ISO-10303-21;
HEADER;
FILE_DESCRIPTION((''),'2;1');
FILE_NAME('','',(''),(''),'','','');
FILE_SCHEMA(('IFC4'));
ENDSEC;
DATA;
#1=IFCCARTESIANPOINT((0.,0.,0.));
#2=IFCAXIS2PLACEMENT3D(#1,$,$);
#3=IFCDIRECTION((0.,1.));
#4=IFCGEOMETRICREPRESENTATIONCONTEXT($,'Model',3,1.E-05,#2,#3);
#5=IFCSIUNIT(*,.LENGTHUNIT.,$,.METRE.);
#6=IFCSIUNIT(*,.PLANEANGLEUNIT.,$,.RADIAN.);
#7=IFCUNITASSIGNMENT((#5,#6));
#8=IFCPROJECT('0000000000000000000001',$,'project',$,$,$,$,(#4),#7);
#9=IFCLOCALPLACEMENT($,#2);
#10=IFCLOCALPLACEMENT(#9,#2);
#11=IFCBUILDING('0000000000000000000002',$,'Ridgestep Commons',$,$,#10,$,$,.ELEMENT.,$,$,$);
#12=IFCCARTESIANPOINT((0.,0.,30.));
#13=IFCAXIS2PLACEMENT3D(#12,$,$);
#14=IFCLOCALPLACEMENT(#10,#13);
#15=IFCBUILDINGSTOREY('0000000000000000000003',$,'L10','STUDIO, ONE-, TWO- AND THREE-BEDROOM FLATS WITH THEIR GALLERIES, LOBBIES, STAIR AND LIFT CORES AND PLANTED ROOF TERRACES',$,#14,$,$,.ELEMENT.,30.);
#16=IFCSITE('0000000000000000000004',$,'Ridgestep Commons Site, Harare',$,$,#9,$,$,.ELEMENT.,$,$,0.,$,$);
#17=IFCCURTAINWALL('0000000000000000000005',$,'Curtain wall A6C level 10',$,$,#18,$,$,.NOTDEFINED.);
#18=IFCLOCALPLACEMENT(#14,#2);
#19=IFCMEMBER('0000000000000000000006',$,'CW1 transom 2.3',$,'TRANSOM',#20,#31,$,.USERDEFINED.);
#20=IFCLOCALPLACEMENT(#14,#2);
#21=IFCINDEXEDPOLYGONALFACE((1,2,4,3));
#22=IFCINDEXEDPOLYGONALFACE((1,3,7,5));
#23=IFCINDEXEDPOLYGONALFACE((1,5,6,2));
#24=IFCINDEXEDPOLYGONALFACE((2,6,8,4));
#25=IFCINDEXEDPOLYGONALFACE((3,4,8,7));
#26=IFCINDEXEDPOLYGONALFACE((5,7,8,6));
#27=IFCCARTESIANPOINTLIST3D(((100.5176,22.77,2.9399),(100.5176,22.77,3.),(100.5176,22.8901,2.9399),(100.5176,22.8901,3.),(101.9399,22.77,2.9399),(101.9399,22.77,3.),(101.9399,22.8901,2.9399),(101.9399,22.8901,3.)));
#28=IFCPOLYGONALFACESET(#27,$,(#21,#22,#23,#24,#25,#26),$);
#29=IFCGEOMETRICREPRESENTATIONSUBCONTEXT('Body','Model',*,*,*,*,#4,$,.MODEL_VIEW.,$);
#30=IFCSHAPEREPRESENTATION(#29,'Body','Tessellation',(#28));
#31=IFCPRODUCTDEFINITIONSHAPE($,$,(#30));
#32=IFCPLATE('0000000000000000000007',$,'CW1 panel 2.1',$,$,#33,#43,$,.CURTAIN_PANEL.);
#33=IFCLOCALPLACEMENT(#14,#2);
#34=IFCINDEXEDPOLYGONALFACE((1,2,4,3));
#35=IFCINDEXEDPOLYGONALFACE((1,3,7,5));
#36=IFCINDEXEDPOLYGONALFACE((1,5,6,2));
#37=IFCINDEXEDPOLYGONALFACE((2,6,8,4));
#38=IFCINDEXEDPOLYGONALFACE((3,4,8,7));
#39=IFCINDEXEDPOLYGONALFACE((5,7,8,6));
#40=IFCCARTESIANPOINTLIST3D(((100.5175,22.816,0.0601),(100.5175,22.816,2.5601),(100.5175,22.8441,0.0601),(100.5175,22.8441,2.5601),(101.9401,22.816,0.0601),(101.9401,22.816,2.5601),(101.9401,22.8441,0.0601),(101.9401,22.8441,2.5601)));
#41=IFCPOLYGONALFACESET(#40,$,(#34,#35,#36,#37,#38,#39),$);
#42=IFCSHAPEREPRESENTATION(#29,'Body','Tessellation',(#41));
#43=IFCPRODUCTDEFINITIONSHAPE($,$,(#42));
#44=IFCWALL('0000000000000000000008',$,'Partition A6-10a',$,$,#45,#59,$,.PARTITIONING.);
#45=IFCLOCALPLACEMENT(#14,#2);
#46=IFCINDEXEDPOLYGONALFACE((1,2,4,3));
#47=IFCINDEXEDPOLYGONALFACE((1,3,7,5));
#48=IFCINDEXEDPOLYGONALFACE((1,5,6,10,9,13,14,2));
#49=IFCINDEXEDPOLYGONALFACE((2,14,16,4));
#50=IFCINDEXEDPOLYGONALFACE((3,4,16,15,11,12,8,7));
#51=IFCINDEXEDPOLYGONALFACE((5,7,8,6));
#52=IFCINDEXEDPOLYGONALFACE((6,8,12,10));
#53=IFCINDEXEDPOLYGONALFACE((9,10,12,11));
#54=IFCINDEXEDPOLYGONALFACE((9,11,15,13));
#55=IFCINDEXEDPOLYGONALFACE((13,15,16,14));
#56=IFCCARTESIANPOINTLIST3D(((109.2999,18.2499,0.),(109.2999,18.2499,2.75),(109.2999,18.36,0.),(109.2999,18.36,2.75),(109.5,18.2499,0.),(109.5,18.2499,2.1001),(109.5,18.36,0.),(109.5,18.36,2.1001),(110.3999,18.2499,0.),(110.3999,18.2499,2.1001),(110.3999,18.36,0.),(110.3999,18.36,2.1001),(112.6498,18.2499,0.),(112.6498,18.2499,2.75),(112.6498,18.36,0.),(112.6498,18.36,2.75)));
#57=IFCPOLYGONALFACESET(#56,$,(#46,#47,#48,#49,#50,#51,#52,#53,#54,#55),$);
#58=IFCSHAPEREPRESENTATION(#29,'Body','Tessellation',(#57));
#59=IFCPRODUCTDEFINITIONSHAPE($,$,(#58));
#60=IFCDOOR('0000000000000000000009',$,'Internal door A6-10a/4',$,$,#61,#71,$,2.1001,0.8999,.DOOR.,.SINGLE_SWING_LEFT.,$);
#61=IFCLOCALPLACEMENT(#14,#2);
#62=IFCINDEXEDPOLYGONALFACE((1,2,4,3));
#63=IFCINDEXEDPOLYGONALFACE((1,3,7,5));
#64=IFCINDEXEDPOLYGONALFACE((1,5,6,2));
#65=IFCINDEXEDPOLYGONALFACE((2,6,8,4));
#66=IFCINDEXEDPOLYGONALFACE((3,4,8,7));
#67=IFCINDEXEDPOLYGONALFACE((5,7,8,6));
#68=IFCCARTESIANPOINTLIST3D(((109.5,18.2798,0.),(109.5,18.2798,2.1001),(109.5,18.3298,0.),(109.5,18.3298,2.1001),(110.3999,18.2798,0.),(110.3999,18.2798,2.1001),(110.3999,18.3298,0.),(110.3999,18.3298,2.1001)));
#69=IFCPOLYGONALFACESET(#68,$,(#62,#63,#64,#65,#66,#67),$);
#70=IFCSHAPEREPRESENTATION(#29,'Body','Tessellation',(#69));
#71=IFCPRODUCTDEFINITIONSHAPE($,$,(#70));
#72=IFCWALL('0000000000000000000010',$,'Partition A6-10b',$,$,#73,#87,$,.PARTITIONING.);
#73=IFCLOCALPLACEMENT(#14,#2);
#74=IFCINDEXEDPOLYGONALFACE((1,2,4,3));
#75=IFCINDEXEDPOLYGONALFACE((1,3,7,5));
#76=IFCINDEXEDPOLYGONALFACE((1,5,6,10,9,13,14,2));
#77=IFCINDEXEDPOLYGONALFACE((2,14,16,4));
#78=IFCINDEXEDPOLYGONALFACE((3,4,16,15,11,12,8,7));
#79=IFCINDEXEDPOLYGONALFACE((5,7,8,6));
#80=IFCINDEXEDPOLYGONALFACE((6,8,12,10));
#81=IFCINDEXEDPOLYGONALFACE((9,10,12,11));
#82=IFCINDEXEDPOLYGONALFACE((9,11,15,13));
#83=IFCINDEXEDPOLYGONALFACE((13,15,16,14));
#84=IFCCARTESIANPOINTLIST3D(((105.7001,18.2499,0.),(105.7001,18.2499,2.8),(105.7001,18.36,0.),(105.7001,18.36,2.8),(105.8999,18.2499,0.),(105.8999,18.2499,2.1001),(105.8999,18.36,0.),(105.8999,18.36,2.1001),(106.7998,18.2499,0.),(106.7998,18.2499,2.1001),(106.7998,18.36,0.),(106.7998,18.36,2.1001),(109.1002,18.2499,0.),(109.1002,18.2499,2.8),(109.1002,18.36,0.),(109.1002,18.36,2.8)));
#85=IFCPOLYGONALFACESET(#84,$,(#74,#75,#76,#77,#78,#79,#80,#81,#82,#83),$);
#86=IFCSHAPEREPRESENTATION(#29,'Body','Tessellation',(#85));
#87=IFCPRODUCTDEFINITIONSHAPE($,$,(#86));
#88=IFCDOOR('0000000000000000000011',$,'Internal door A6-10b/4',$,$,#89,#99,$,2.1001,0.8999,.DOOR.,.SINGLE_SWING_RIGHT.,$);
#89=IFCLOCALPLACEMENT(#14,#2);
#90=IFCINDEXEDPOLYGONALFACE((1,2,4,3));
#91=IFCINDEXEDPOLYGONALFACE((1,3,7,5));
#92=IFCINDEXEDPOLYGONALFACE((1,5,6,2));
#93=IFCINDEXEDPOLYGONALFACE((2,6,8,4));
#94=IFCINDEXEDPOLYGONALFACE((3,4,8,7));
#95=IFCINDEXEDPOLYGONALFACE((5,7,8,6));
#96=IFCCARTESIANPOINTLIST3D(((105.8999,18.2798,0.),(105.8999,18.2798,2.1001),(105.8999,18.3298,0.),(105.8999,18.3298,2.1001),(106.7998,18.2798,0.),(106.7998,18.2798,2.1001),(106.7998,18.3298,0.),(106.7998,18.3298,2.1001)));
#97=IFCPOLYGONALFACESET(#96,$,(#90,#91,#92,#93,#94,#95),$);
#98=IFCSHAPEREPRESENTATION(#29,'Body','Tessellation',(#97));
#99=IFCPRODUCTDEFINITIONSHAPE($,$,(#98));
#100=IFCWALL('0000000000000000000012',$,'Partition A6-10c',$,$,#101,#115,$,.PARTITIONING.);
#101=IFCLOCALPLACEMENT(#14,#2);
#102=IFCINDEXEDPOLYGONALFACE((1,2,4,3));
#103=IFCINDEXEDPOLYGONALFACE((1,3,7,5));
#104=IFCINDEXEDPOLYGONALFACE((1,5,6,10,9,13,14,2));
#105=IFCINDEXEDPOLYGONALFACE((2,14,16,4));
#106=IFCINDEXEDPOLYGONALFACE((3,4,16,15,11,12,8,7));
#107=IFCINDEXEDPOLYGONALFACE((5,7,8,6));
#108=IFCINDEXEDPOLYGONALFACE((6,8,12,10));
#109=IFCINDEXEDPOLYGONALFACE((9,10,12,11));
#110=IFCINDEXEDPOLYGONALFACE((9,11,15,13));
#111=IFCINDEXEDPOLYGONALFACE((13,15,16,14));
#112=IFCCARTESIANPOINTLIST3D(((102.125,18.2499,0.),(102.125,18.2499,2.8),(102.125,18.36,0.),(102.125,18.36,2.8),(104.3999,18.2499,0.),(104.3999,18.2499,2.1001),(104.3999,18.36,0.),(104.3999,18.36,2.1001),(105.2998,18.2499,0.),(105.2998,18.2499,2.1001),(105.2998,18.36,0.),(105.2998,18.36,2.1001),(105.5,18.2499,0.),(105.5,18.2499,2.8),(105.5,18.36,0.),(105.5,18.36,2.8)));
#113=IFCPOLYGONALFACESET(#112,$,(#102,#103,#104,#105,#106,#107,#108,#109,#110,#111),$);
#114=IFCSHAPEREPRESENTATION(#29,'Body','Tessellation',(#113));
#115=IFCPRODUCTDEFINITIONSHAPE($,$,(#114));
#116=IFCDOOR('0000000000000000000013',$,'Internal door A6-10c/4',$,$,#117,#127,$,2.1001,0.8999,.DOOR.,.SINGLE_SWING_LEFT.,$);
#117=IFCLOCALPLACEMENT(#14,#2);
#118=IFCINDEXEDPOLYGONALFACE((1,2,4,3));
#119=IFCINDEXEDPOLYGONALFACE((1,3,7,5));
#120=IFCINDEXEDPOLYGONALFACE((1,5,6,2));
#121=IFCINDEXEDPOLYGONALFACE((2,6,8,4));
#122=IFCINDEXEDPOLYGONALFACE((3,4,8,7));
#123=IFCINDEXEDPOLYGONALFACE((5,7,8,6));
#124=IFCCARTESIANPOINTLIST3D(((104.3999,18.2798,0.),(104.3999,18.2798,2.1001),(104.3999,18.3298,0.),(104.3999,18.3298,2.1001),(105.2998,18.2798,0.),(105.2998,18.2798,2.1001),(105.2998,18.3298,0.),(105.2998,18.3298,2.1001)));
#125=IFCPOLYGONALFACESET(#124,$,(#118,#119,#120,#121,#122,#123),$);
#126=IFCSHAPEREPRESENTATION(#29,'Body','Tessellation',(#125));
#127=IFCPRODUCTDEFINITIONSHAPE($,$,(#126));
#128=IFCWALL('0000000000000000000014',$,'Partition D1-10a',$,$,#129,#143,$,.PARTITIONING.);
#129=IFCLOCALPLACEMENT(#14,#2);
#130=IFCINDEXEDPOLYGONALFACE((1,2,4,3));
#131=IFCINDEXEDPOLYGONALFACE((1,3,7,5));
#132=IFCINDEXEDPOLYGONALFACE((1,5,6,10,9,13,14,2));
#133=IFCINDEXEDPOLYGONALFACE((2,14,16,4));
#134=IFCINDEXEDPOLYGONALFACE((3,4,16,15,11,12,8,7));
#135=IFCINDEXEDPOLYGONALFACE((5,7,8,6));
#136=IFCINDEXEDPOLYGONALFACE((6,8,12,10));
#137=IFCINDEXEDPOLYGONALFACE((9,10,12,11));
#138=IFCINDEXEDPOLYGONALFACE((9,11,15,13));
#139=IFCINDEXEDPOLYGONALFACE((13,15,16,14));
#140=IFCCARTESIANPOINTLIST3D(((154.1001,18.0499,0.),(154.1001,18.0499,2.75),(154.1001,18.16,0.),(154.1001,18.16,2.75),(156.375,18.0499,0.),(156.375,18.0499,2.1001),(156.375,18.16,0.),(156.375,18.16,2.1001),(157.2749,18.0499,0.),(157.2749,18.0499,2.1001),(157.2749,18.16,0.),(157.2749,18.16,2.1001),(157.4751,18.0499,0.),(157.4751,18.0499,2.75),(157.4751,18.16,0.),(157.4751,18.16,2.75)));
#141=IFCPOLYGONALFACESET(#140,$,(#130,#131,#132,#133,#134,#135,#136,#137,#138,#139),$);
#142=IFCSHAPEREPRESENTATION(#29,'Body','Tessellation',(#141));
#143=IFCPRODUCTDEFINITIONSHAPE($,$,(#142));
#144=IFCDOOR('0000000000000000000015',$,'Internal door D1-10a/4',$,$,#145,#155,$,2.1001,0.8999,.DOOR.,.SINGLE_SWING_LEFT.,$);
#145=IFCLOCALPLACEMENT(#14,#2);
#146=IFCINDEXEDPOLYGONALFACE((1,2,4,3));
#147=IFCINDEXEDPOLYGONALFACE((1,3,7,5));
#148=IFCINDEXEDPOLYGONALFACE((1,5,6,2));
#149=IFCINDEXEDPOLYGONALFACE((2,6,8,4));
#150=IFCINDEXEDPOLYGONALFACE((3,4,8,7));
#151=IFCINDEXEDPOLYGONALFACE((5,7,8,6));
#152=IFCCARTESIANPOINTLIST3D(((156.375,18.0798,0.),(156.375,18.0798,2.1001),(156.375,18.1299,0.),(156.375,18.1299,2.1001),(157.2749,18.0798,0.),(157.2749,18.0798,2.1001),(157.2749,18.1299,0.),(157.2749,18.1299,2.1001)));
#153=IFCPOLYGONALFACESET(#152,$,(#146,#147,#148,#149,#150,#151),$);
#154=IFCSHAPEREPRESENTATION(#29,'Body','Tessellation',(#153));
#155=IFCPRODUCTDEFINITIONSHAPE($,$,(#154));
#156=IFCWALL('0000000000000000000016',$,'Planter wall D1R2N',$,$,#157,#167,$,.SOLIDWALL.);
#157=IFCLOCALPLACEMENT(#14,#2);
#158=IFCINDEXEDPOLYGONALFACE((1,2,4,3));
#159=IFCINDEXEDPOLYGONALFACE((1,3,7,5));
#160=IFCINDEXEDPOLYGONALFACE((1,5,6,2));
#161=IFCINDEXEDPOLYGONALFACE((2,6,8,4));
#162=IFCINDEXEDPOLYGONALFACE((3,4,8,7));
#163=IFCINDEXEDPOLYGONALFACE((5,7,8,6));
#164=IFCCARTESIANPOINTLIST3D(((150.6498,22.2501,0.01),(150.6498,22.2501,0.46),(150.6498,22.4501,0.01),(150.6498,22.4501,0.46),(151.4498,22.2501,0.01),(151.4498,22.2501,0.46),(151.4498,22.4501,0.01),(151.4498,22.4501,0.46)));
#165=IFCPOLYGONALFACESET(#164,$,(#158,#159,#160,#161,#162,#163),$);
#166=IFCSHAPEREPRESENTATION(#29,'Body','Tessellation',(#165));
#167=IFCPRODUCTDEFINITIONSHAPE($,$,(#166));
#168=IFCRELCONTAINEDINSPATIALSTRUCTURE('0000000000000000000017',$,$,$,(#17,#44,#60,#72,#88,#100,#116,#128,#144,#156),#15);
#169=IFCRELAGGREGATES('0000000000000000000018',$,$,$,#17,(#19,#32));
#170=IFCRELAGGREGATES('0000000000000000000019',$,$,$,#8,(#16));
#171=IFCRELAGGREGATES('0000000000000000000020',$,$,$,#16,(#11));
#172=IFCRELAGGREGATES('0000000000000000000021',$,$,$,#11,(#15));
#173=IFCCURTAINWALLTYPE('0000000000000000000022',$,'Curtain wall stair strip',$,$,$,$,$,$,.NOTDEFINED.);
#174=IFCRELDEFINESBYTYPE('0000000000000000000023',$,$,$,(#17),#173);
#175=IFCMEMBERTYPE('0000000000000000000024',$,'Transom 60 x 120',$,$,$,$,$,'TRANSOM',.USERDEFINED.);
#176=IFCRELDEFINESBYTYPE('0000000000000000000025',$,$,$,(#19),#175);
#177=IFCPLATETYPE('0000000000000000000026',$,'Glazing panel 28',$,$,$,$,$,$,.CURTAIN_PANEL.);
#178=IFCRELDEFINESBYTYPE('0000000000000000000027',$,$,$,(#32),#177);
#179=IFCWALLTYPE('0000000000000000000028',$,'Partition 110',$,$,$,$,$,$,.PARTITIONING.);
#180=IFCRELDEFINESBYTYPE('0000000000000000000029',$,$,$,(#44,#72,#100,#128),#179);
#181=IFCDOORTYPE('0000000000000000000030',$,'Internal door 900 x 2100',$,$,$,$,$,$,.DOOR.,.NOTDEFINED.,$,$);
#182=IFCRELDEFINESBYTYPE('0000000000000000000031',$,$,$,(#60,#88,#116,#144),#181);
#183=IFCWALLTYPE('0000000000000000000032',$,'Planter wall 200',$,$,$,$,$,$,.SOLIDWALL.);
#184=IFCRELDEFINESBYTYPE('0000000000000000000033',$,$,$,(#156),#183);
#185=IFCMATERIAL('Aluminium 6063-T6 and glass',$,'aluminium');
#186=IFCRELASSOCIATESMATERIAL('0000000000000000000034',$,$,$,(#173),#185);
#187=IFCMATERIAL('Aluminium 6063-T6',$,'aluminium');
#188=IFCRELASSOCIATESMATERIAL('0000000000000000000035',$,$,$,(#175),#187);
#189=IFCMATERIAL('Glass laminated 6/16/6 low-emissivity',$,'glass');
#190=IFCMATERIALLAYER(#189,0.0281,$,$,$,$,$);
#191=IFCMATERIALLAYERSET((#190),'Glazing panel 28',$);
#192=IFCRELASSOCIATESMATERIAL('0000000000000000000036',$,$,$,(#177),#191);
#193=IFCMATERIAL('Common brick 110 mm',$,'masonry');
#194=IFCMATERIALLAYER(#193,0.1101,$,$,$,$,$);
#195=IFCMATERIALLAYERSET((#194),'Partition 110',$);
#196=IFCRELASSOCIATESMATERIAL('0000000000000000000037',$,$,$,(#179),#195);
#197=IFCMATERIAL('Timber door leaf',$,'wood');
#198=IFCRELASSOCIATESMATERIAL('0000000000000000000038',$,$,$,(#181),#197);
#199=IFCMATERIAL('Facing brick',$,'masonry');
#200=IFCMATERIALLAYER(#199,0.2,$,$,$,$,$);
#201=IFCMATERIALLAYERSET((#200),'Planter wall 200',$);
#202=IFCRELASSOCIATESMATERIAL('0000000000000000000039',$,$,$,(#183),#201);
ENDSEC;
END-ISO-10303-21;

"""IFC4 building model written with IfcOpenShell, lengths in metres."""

from ifc_helpers import new_model, si_unit, direction, frame, frame_2d, origin, origin_2d, place, context, subcontext, project, spatial, rectangle, extrude, material, layer, layer_set, material_profile, profile_set, type_object, element, fill, aggregate, save


model = new_model("IFC4")

# Units and contexts
model_context = context("Model", 3, precision=1e-05, world=origin(), true_north=direction((0.0, 1.0)))
body_context = subcontext(model_context, "Body", "Model", "MODEL_VIEW")
ifc_project = project(units=[si_unit("LENGTHUNIT", "METRE"), si_unit("PLANEANGLEUNIT", "RADIAN")], contexts=[model_context])

# Site, building, storey
site_placement = place(None, origin())
site = spatial("IfcSite", under=ifc_project, at=site_placement, Name="Ridgestep Commons Site, Harare", CompositionType="ELEMENT", RefElevation=0.0)
building_placement = place(site_placement, origin())
building = spatial("IfcBuilding", under=site, at=building_placement, Name="Ridgestep Commons", CompositionType="ELEMENT")
storey_placement = place(building_placement, frame((0.0, 0.0, 30.0)))
storey = spatial("IfcBuildingStorey", under=building, at=storey_placement, Name="L10", Description="STUDIO, ONE-, TWO- AND THREE-BEDROOM FLATS WITH THEIR GALLERIES, LOBBIES, STAIR AND LIFT CORES AND PLANTED ROOF TERRACES", CompositionType="ELEMENT", Elevation=30.0)

# Curtain wall, member, plate
ifc_material_1 = material(Name="Aluminium 6063-T6 and glass", Category="aluminium")
curtain_wall_type = type_object("IfcCurtainWallType", Name="Curtain wall stair strip", PredefinedType="NOTDEFINED", material=ifc_material_1)
curtain_wall_placement = place(storey_placement, origin())
curtain_wall = element("IfcCurtainWall", 1, at=curtain_wall_placement, inside=storey, type_object=curtain_wall_type, Name="Curtain wall A6C level 10", PredefinedType="NOTDEFINED")
ifc_material_2 = material(Name="Aluminium 6063-T6", Category="aluminium")
ifc_material_profile = material_profile(ifc_material_2, rectangle(XDim=0.1201, YDim=0.0601, at=origin_2d()), Name="Transom 60 x 120")
ifc_profile_set = profile_set([ifc_material_profile], Name="Aluminium 6063-T6")
member_type = type_object("IfcMemberType", Name="Transom 60 x 120", ElementType="TRANSOM", PredefinedType="USERDEFINED", material=ifc_profile_set)
member_placement = place(storey_placement, frame((100.5176, 22.8301, 2.97), z_axis=(1.0, 0.0, 0.0), x_axis=(0.0, 1.0, 0.0)))
member = element("IfcMember", 2, at=member_placement, type_object=member_type, Name="CW1 transom 2.3", ObjectType="TRANSOM", PredefinedType="USERDEFINED", context=body_context, shape_type="SweptSolid", body=[
    extrude(rectangle(XDim=0.1201, YDim=0.0601, at=origin_2d()), origin(), (0.0, 0.0, 1.0), 1.4224),
])
ifc_material_3 = material(Name="Glass laminated 6/16/6 low-emissivity", Category="glass")
ifc_layer_1 = layer(ifc_material_3, 0.0281)
ifc_layer_set_1 = layer_set([ifc_layer_1], Name="Glazing panel 28")
plate_type = type_object("IfcPlateType", Name="Glazing panel 28", PredefinedType="CURTAIN_PANEL", material=ifc_layer_set_1)
plate_placement = place(storey_placement, frame((101.2288, 22.8301, 0.0601), z_axis=(0.0, 0.0, 1.0), x_axis=(1.0, 0.0, 0.0)))
plate = element("IfcPlate", 3, at=plate_placement, type_object=plate_type, Name="CW1 panel 2.1", PredefinedType="CURTAIN_PANEL", context=body_context, shape_type="SweptSolid", body=[
    extrude(rectangle(XDim=1.4226, YDim=0.0281, at=origin_2d()), origin(), (0.0, 0.0, 1.0), 2.5),
])
aggregate(curtain_wall, [member, plate])

# Walls, openings, doors
ifc_material_4 = material(Name="Common brick 110 mm", Category="masonry")
ifc_layer_2 = layer(ifc_material_4, 0.1101)
ifc_layer_set_2 = layer_set([ifc_layer_2], Name="Partition 110")
wall_type_1 = type_object("IfcWallType", Name="Partition 110", PredefinedType="PARTITIONING", material=ifc_layer_set_2)
wall_1_placement = place(storey_placement, frame((109.3, 18.3049, 0.0), z_axis=(0.0, 0.0, 1.0), x_axis=(1.0, 0.0, 0.0)))
wall_1 = element("IfcWall", 4, at=wall_1_placement, inside=storey, type_object=wall_type_1, Name="Partition A6-10a", PredefinedType="PARTITIONING", context=body_context, shape_type="SweptSolid", body=[
    extrude(rectangle(XDim=3.3499, YDim=0.1101, at=frame_2d((1.6748, 0.0))), origin(), (0.0, 0.0, 1.0), 2.75),
])
opening_1_placement = place(wall_1_placement, frame((0.2, 0.0, 0.0)))
opening_1 = element("IfcOpeningElement", 5, at=opening_1_placement, cuts=wall_1, PredefinedType="OPENING", context=body_context, shape_type="SweptSolid", body=[
    extrude(rectangle(XDim=0.8999, YDim=2.1001, at=frame_2d((0.45, 1.05))), frame((0.0, 0.0649, 0.0), z_axis=(0.0, -1.0, 0.0), x_axis=(1.0, 0.0, 0.0)), (0.0, 0.0, 1.0), 0.1301),
])
ifc_material_5 = material(Name="Timber door leaf", Category="wood")
door_type = type_object("IfcDoorType", Name="Internal door 900 x 2100", OperationType="NOTDEFINED", PredefinedType="DOOR", material=ifc_material_5)
door_1_placement = place(opening_1_placement, origin())
door_1 = element("IfcDoor", 6, at=door_1_placement, inside=storey, type_object=door_type, Name="Internal door A6-10a/4", OperationType="SINGLE_SWING_LEFT", OverallHeight=2.1001, OverallWidth=0.8999, PredefinedType="DOOR", context=body_context, shape_type="SweptSolid", body=[
    extrude(rectangle(XDim=0.8999, YDim=2.1001, at=frame_2d((0.45, 1.05))), frame((0.0, 0.0249, 0.0), z_axis=(0.0, -1.0, 0.0), x_axis=(1.0, 0.0, 0.0)), (0.0, 0.0, 1.0), 0.05),
])
fill(opening_1, door_1)
wall_2_placement = place(storey_placement, frame((105.7, 18.3049, 0.0), z_axis=(0.0, 0.0, 1.0), x_axis=(1.0, 0.0, 0.0)))
wall_2 = element("IfcWall", 7, at=wall_2_placement, inside=storey, type_object=wall_type_1, Name="Partition A6-10b", PredefinedType="PARTITIONING", context=body_context, shape_type="SweptSolid", body=[
    extrude(rectangle(XDim=3.4001, YDim=0.1101, at=frame_2d((1.7002, 0.0))), origin(), (0.0, 0.0, 1.0), 2.8),
])
opening_2_placement = place(wall_2_placement, frame((0.2, 0.0, 0.0)))
opening_2 = element("IfcOpeningElement", 8, at=opening_2_placement, cuts=wall_2, PredefinedType="OPENING", context=body_context, shape_type="SweptSolid", body=[
    extrude(rectangle(XDim=0.8999, YDim=2.1001, at=frame_2d((0.45, 1.05))), frame((0.0, 0.0649, 0.0), z_axis=(0.0, -1.0, 0.0), x_axis=(1.0, 0.0, 0.0)), (0.0, 0.0, 1.0), 0.1301),
])
door_2_placement = place(opening_2_placement, origin())
door_2 = element("IfcDoor", 9, at=door_2_placement, inside=storey, type_object=door_type, Name="Internal door A6-10b/4", OperationType="SINGLE_SWING_RIGHT", OverallHeight=2.1001, OverallWidth=0.8999, PredefinedType="DOOR", context=body_context, shape_type="SweptSolid", body=[
    extrude(rectangle(XDim=0.8999, YDim=2.1001, at=frame_2d((0.45, 1.05))), frame((0.0, 0.0249, 0.0), z_axis=(0.0, -1.0, 0.0), x_axis=(1.0, 0.0, 0.0)), (0.0, 0.0, 1.0), 0.05),
])
fill(opening_2, door_2)
wall_3_placement = place(storey_placement, frame((102.125, 18.3049, 0.0), z_axis=(0.0, 0.0, 1.0), x_axis=(1.0, 0.0, 0.0)))
wall_3 = element("IfcWall", 10, at=wall_3_placement, inside=storey, type_object=wall_type_1, Name="Partition A6-10c", PredefinedType="PARTITIONING", context=body_context, shape_type="SweptSolid", body=[
    extrude(rectangle(XDim=3.375, YDim=0.1101, at=frame_2d((1.6875, 0.0))), origin(), (0.0, 0.0, 1.0), 2.8),
])
opening_3_placement = place(wall_3_placement, frame((2.2749, 0.0, 0.0)))
opening_3 = element("IfcOpeningElement", 11, at=opening_3_placement, cuts=wall_3, PredefinedType="OPENING", context=body_context, shape_type="SweptSolid", body=[
    extrude(rectangle(XDim=0.8999, YDim=2.1001, at=frame_2d((0.45, 1.05))), frame((0.0, 0.0649, 0.0), z_axis=(0.0, -1.0, 0.0), x_axis=(1.0, 0.0, 0.0)), (0.0, 0.0, 1.0), 0.1301),
])
door_3_placement = place(opening_3_placement, origin())
door_3 = element("IfcDoor", 12, at=door_3_placement, inside=storey, type_object=door_type, Name="Internal door A6-10c/4", OperationType="SINGLE_SWING_LEFT", OverallHeight=2.1001, OverallWidth=0.8999, PredefinedType="DOOR", context=body_context, shape_type="SweptSolid", body=[
    extrude(rectangle(XDim=0.8999, YDim=2.1001, at=frame_2d((0.45, 1.05))), frame((0.0, 0.0249, 0.0), z_axis=(0.0, -1.0, 0.0), x_axis=(1.0, 0.0, 0.0)), (0.0, 0.0, 1.0), 0.05),
])
fill(opening_3, door_3)
wall_4_placement = place(storey_placement, frame((154.1001, 18.105, 0.0), z_axis=(0.0, 0.0, 1.0), x_axis=(1.0, 0.0, 0.0)))
wall_4 = element("IfcWall", 13, at=wall_4_placement, inside=storey, type_object=wall_type_1, Name="Partition D1-10a", PredefinedType="PARTITIONING", context=body_context, shape_type="SweptSolid", body=[
    extrude(rectangle(XDim=3.375, YDim=0.1101, at=frame_2d((1.6875, 0.0))), origin(), (0.0, 0.0, 1.0), 2.75),
])
opening_4_placement = place(wall_4_placement, frame((2.2749, 0.0, 0.0)))
opening_4 = element("IfcOpeningElement", 14, at=opening_4_placement, cuts=wall_4, PredefinedType="OPENING", context=body_context, shape_type="SweptSolid", body=[
    extrude(rectangle(XDim=0.8999, YDim=2.1001, at=frame_2d((0.45, 1.05))), frame((0.0, 0.0649, 0.0), z_axis=(0.0, -1.0, 0.0), x_axis=(1.0, 0.0, 0.0)), (0.0, 0.0, 1.0), 0.1301),
])
door_4_placement = place(opening_4_placement, origin())
door_4 = element("IfcDoor", 15, at=door_4_placement, inside=storey, type_object=door_type, Name="Internal door D1-10a/4", OperationType="SINGLE_SWING_LEFT", OverallHeight=2.1001, OverallWidth=0.8999, PredefinedType="DOOR", context=body_context, shape_type="SweptSolid", body=[
    extrude(rectangle(XDim=0.8999, YDim=2.1001, at=frame_2d((0.45, 1.05))), frame((0.0, 0.0249, 0.0), z_axis=(0.0, -1.0, 0.0), x_axis=(1.0, 0.0, 0.0)), (0.0, 0.0, 1.0), 0.05),
])
fill(opening_4, door_4)

# Wall
ifc_material_6 = material(Name="Facing brick", Category="masonry")
ifc_layer_3 = layer(ifc_material_6, 0.2)
ifc_layer_set_3 = layer_set([ifc_layer_3], Name="Planter wall 200")
wall_type_2 = type_object("IfcWallType", Name="Planter wall 200", PredefinedType="SOLIDWALL", material=ifc_layer_set_3)
wall_5_placement = place(storey_placement, frame((150.6499, 22.3501, 0.01), z_axis=(0.0, 0.0, 1.0), x_axis=(1.0, 0.0, 0.0)))
element("IfcWall", 16, at=wall_5_placement, inside=storey, type_object=wall_type_2, Name="Planter wall D1R2N", PredefinedType="SOLIDWALL", context=body_context, shape_type="SweptSolid", body=[
    extrude(rectangle(XDim=0.8, YDim=0.2, at=frame_2d((0.3999, 0.0))), origin(), (0.0, 0.0, 1.0), 0.45),
])

save(model, "model.ifc")
